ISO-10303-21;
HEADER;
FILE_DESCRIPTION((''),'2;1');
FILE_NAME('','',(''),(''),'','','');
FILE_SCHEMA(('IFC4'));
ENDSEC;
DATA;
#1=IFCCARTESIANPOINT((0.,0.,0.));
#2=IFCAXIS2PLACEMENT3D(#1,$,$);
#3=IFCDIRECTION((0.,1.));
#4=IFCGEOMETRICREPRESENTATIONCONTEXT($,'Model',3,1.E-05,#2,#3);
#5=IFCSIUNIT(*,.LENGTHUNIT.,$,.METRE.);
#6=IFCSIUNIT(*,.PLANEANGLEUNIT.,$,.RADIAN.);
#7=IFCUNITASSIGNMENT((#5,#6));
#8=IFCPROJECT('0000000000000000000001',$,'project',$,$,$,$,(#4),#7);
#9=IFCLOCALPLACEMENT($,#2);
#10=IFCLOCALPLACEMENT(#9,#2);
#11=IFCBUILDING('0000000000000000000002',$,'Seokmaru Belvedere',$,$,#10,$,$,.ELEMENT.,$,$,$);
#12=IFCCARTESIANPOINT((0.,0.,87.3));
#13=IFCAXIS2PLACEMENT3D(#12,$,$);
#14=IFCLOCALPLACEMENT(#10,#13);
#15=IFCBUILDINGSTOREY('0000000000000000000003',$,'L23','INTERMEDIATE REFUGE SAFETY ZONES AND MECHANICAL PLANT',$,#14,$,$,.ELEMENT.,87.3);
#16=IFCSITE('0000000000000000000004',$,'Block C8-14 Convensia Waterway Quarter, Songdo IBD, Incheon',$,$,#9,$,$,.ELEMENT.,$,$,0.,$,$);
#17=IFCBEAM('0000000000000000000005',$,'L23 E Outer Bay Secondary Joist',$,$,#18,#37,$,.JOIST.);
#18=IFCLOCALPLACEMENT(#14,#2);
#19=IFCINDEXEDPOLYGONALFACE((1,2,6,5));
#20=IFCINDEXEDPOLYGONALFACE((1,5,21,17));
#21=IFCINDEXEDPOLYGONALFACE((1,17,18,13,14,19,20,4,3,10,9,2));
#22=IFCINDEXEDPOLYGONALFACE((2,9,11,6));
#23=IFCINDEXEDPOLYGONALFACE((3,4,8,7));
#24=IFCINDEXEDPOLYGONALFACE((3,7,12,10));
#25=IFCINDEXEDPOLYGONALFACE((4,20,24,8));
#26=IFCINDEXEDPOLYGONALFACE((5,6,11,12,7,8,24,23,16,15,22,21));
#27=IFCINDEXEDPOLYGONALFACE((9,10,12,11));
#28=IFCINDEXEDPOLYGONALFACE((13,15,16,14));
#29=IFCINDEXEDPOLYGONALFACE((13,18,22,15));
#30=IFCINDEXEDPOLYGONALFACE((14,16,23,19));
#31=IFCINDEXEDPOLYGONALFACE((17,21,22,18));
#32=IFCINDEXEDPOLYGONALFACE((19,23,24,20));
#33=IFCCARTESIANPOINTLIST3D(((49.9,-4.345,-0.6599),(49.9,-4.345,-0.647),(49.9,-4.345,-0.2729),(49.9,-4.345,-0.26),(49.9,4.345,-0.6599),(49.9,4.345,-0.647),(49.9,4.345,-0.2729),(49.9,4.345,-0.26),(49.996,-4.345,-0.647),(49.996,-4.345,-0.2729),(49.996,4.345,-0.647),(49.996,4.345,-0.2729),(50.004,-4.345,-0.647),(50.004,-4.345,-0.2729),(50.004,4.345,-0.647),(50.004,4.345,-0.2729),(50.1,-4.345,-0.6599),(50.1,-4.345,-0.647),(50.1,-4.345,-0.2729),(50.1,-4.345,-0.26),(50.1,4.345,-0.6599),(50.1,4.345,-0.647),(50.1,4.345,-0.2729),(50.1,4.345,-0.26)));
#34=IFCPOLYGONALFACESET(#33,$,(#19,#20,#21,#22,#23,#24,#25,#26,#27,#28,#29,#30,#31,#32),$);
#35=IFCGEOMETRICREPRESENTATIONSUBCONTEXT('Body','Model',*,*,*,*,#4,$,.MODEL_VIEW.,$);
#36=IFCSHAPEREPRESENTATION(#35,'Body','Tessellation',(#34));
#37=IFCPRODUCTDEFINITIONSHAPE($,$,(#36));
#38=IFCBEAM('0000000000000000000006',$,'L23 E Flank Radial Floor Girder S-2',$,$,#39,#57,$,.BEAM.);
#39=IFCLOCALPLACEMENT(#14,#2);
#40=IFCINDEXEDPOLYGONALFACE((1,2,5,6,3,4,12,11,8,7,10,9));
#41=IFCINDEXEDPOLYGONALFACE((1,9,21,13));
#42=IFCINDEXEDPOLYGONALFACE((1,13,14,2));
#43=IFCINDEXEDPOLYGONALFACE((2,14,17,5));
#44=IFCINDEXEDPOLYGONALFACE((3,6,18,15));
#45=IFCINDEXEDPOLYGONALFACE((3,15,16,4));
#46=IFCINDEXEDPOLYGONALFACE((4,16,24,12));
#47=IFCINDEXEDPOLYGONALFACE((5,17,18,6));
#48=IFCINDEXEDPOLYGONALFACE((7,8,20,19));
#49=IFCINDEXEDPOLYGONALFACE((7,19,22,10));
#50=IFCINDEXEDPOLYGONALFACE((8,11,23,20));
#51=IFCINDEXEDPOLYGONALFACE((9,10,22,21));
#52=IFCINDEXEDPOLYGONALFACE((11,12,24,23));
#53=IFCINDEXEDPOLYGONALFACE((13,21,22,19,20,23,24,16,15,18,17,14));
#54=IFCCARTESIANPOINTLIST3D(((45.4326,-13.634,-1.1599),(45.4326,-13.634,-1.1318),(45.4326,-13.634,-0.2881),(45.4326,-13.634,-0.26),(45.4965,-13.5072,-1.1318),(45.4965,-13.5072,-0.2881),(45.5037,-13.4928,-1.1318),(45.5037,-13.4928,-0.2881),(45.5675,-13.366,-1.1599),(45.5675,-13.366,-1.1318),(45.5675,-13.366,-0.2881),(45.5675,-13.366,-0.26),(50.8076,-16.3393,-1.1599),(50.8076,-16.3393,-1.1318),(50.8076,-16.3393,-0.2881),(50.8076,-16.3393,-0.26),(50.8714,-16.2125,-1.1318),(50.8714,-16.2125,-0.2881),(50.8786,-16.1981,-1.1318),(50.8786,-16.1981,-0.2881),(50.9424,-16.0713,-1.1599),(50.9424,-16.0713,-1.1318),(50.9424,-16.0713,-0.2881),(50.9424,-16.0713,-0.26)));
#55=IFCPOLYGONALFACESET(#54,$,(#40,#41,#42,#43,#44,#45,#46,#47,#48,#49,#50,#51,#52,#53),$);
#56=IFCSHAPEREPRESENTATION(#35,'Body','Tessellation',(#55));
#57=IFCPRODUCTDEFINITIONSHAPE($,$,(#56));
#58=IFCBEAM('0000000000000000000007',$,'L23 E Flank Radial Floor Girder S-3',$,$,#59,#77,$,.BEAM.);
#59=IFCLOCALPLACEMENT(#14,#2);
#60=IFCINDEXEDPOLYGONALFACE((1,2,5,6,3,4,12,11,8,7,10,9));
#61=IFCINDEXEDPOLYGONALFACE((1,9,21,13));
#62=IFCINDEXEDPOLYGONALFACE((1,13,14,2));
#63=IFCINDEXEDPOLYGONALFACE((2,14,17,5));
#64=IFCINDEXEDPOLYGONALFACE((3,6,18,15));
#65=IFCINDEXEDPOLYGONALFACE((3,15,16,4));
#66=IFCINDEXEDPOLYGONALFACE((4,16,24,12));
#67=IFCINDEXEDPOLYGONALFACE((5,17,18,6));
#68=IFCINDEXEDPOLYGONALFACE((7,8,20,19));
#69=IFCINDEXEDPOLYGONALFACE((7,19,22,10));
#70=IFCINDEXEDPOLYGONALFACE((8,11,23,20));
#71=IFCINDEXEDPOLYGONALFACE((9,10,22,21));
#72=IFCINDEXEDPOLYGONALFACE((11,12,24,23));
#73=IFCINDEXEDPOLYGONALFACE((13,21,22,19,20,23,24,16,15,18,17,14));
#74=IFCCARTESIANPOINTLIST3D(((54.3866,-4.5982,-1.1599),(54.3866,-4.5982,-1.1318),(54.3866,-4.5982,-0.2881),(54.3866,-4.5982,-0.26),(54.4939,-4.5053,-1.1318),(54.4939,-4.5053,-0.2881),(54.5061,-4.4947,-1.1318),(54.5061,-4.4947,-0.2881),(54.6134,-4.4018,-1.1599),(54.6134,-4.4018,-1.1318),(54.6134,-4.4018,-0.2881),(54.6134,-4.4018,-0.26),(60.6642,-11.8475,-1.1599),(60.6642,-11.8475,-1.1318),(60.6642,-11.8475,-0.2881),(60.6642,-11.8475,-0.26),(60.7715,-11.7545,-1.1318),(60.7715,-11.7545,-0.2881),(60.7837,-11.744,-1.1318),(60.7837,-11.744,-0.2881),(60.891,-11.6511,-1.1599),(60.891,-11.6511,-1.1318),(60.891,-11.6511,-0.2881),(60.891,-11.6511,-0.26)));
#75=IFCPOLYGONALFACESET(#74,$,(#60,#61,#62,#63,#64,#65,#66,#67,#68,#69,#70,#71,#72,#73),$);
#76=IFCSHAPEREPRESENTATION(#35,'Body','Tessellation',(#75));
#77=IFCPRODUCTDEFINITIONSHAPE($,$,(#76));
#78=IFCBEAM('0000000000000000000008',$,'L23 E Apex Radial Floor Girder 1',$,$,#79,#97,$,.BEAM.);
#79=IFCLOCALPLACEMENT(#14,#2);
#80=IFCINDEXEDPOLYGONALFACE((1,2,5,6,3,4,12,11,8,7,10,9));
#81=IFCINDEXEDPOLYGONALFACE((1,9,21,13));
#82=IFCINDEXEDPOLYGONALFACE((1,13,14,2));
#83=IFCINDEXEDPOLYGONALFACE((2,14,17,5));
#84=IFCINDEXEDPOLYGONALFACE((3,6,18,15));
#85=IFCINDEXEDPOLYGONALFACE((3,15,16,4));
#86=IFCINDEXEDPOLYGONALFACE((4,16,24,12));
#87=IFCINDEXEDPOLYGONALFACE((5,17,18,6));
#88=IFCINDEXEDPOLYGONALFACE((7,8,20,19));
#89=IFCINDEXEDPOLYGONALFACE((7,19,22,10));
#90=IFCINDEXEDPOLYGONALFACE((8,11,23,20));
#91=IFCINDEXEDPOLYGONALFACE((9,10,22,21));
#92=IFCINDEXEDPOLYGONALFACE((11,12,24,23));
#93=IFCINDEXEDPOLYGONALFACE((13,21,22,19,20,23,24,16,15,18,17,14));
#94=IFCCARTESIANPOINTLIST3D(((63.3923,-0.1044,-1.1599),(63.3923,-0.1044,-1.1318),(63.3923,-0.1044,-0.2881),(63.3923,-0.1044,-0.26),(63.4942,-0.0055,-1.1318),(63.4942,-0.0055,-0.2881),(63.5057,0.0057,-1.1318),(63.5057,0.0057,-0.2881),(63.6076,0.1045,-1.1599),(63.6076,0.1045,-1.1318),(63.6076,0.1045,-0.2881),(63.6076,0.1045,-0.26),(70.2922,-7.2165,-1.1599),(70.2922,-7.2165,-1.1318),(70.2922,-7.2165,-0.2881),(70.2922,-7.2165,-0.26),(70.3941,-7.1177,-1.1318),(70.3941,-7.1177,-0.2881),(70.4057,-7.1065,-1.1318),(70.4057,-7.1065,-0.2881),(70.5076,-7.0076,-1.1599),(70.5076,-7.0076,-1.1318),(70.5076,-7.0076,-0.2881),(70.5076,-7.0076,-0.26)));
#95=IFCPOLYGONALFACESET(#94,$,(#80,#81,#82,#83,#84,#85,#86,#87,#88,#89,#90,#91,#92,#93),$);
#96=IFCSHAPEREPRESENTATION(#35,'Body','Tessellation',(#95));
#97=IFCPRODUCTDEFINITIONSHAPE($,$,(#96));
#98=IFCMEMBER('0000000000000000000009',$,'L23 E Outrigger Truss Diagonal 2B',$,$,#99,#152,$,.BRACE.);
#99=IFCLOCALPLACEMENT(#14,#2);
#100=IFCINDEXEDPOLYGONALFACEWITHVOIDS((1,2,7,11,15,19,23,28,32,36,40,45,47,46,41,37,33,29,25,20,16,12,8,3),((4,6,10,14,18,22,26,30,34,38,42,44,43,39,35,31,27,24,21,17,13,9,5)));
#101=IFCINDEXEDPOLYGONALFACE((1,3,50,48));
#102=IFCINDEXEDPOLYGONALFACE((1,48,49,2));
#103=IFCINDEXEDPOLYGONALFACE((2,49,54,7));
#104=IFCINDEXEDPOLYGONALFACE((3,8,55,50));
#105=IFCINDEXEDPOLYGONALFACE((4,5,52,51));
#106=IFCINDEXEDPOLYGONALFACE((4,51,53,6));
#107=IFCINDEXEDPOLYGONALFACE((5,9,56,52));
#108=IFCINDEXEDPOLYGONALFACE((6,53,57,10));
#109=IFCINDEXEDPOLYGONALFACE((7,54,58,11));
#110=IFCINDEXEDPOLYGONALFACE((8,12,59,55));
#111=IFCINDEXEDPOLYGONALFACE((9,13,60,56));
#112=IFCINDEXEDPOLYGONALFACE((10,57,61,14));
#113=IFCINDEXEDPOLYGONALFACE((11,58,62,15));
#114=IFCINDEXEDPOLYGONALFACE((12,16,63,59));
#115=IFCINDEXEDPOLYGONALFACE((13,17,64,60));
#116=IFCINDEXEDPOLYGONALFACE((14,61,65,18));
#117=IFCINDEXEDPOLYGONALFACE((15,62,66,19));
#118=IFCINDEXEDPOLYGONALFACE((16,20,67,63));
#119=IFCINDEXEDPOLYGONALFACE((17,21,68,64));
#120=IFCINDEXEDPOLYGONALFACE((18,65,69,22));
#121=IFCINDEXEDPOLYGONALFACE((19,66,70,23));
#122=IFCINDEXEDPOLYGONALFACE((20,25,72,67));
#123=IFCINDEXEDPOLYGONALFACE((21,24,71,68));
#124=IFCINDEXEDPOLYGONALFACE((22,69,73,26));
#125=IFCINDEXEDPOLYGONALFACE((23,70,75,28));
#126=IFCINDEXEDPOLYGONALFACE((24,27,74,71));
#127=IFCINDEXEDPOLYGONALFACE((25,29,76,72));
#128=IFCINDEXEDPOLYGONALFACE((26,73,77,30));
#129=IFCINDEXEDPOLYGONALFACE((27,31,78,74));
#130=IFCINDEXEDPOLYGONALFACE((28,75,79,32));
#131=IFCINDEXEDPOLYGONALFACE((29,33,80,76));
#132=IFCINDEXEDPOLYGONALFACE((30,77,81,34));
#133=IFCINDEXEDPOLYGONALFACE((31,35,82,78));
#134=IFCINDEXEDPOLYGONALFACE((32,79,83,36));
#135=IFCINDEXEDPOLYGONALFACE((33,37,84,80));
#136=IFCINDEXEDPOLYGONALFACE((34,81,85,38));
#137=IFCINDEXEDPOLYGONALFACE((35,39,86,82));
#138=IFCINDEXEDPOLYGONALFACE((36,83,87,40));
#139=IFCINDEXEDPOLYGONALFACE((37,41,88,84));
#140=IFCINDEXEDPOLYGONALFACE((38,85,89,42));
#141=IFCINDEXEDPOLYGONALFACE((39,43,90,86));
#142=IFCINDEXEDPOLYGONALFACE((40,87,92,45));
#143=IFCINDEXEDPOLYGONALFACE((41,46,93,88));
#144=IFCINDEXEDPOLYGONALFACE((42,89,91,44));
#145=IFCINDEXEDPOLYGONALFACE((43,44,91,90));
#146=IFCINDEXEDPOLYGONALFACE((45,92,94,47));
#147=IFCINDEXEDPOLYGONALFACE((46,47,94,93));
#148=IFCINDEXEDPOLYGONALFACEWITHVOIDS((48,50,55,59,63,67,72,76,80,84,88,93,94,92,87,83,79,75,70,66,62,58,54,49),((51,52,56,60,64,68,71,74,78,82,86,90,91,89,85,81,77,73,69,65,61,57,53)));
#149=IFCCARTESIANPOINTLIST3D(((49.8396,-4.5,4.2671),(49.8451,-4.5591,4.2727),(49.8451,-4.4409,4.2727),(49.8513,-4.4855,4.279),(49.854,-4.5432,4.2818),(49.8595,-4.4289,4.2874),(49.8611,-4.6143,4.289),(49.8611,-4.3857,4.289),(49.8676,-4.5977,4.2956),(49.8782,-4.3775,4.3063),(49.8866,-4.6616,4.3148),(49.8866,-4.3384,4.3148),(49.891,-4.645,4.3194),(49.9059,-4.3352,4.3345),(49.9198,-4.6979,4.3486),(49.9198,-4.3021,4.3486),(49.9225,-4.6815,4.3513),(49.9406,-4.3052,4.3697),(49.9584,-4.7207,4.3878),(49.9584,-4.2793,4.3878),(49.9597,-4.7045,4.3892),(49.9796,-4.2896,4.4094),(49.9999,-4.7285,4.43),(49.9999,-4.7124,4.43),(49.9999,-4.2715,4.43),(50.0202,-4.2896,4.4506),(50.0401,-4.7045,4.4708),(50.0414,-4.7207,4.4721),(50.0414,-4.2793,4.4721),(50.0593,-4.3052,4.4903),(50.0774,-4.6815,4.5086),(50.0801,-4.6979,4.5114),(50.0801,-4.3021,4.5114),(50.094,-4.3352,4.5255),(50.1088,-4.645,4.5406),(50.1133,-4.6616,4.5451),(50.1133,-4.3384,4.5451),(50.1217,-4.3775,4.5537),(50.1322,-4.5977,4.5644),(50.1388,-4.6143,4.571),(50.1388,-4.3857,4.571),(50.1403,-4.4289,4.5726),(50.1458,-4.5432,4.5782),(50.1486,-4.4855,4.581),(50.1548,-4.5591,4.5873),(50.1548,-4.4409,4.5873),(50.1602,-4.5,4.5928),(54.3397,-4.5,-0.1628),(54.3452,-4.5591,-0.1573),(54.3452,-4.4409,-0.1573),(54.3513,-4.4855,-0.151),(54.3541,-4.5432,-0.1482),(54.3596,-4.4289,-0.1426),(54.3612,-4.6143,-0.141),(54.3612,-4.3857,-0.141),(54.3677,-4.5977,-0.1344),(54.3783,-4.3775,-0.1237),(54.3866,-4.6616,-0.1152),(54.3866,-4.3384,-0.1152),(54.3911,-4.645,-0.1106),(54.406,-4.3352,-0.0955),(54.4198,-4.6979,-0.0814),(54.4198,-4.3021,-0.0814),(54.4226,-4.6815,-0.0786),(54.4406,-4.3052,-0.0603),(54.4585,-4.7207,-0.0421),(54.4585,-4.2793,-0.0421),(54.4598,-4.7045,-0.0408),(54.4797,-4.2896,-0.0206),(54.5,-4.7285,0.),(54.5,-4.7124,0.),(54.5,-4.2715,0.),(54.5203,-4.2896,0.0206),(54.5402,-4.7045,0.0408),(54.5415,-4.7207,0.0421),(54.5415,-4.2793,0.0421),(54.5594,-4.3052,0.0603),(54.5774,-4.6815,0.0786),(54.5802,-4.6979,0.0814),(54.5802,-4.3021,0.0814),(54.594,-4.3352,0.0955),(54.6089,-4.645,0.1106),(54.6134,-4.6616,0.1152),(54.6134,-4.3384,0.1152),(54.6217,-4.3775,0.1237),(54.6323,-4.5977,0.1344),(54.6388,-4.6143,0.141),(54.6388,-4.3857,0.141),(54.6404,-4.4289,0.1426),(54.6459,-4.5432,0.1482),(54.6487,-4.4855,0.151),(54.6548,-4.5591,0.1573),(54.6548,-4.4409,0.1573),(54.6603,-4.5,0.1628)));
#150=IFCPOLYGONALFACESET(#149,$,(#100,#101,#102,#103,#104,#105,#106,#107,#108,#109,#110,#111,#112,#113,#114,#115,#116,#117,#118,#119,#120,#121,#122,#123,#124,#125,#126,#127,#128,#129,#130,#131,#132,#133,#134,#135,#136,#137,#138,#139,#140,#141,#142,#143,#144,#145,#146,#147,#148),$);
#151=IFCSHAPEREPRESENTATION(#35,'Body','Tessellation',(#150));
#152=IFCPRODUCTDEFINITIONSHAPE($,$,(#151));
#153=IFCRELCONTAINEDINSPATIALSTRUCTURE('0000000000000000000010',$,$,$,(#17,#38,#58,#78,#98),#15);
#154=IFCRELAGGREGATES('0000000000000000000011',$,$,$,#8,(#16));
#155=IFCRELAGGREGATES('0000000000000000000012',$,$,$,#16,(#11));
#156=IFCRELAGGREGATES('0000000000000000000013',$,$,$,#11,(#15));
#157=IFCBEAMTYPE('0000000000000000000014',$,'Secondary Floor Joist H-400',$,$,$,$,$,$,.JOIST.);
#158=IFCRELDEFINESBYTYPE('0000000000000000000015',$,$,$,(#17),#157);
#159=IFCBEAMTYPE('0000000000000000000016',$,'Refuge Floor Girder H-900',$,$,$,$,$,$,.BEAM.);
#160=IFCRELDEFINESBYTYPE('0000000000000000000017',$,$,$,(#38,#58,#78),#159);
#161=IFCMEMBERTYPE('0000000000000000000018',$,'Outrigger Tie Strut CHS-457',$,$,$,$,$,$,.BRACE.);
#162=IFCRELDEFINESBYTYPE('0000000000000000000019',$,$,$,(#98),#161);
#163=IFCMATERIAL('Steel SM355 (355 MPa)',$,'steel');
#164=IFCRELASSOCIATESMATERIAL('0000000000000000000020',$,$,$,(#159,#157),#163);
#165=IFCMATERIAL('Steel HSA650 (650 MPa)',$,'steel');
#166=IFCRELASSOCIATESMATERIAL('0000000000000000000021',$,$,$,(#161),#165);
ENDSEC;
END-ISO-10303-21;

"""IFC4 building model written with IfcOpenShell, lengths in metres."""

from ifc_helpers import new_model, si_unit, direction, frame, origin, origin_2d, place, context, subcontext, project, spatial, hollow_circle, i_section, extrude, source, transform, mapped, material, material_profile, profile_set, type_object, type_shapes, element, save


model = new_model("IFC4")

# Units and contexts
model_context = context("Model", 3, precision=1e-05, world=origin(), true_north=direction((0.0, 1.0)))
body_context = subcontext(model_context, "Body", "Model", "MODEL_VIEW")
ifc_project = project(units=[si_unit("LENGTHUNIT", "METRE"), si_unit("PLANEANGLEUNIT", "RADIAN")], contexts=[model_context])

# Site, building, storey
site_placement = place(None, origin())
site = spatial("IfcSite", under=ifc_project, at=site_placement, Name="Block C8-14 Convensia Waterway Quarter, Songdo IBD, Incheon", CompositionType="ELEMENT", RefElevation=0.0)
building_placement = place(site_placement, origin())
building = spatial("IfcBuilding", under=site, at=building_placement, Name="Seokmaru Belvedere", CompositionType="ELEMENT")
storey_placement = place(building_placement, frame((0.0, 0.0, 87.3)))
storey = spatial("IfcBuildingStorey", under=building, at=storey_placement, Name="L23", Description="INTERMEDIATE REFUGE SAFETY ZONES AND MECHANICAL PLANT", CompositionType="ELEMENT", Elevation=87.3)

# Shared definitions
ifc_material_1 = material(Name="Steel SM355 (355 MPa)", Category="steel")

# Beams
ifc_material_profile_1 = material_profile(ifc_material_1, i_section(OverallWidth=0.3, OverallDepth=0.8999, WebThickness=0.0161, FlangeThickness=0.0281, at=origin_2d()), Name="H-900x300x16x28")
ifc_profile_set_1 = profile_set([ifc_material_profile_1], Name="Steel SM355 (355 MPa)")
beam_type_1 = type_object("IfcBeamType", Name="Refuge Floor Girder H-900", PredefinedType="BEAM", material=ifc_profile_set_1)
ifc_material_profile_2 = material_profile(ifc_material_1, i_section(OverallWidth=0.2, OverallDepth=0.3999, WebThickness=0.0081, FlangeThickness=0.0129, at=origin_2d()), Name="H-400x200x8x13")
ifc_profile_set_2 = profile_set([ifc_material_profile_2], Name="Steel SM355 (355 MPa)")
beam_type_2 = type_object("IfcBeamType", Name="Secondary Floor Joist H-400", PredefinedType="JOIST", material=ifc_profile_set_2)
shared_shape_1 = source(origin(), body_context, "Body", "SweptSolid", [
    extrude(i_section(OverallWidth=0.2, OverallDepth=0.3999, WebThickness=0.0081, FlangeThickness=0.0129, at=origin_2d()), origin(), (0.0, 0.0, 1.0), 8.6899),
])
type_shapes(beam_type_2, [shared_shape_1])
beam_1_placement = place(storey_placement, frame((50.0, -4.345, -0.46), z_axis=(0.0, 1.0, 0.0), x_axis=(-1.0, 0.0, 0.0)))
element("IfcBeam", 1, at=beam_1_placement, inside=storey, type_object=beam_type_2, Name="L23 E Outer Bay Secondary Joist", PredefinedType="JOIST", context=body_context, shape_type="MappedRepresentation", body=[
    mapped(shared_shape_1, transform((0.0, 0.0, 0.0), scale=1.0)),
])
shared_shape_2 = source(origin(), body_context, "Body", "SweptSolid", [
    extrude(i_section(OverallWidth=0.3, OverallDepth=0.8999, WebThickness=0.0161, FlangeThickness=0.0281, at=origin_2d()), origin(), (0.0, 0.0, 1.0), 6.0173),
])
beam_2_placement = place(storey_placement, frame((50.875, -16.2053, -0.71), z_axis=(-0.893239, 0.449581, 0.0), x_axis=(-0.449581, -0.893239, 0.0)))
element("IfcBeam", 2, at=beam_2_placement, inside=storey, type_object=beam_type_1, Name="L23 E Flank Radial Floor Girder S-2", PredefinedType="BEAM", context=body_context, shape_type="MappedRepresentation", body=[
    mapped(shared_shape_2, transform((0.0, 0.0, 0.0), scale=1.0)),
])
shared_shape_3 = source(origin(), body_context, "Body", "SweptSolid", [
    extrude(i_section(OverallWidth=0.3, OverallDepth=0.8999, WebThickness=0.0161, FlangeThickness=0.0281, at=origin_2d()), origin(), (0.0, 0.0, 1.0), 9.5896),
])
beam_3_placement = place(storey_placement, frame((60.7776, -11.7493, -0.71), z_axis=(-0.654626, 0.755953, 0.0), x_axis=(-0.755953, -0.654626, 0.0)))
element("IfcBeam", 3, at=beam_3_placement, inside=storey, type_object=beam_type_1, Name="L23 E Flank Radial Floor Girder S-3", PredefinedType="BEAM", context=body_context, shape_type="MappedRepresentation", body=[
    mapped(shared_shape_3, transform((0.0, 0.0, 0.0), scale=1.0)),
])
shared_shape_4 = source(origin(), body_context, "Body", "SweptSolid", [
    extrude(i_section(OverallWidth=0.3, OverallDepth=0.8999, WebThickness=0.0161, FlangeThickness=0.0281, at=origin_2d()), origin(), (0.0, 0.0, 1.0), 9.9092),
])
beam_4_placement = place(storey_placement, frame((70.3999, -7.1121, -0.71), z_axis=(-0.696321, 0.717731, 0.0), x_axis=(-0.717731, -0.696321, 0.0)))
element("IfcBeam", 4, at=beam_4_placement, inside=storey, type_object=beam_type_1, Name="L23 E Apex Radial Floor Girder 1", PredefinedType="BEAM", context=body_context, shape_type="MappedRepresentation", body=[
    mapped(shared_shape_4, transform((0.0, 0.0, 0.0), scale=1.0)),
])

# Member
ifc_material_2 = material(Name="Steel HSA650 (650 MPa)", Category="steel")
ifc_material_profile_3 = material_profile(ifc_material_2, hollow_circle(Radius=0.2285, WallThickness=0.0161, at=origin_2d()), Name="CHS-457.2x16.0")
ifc_profile_set_3 = profile_set([ifc_material_profile_3], Name="Steel HSA650 (650 MPa)")
member_type_1 = type_object("IfcMemberType", Name="Outrigger Tie Strut CHS-457", PredefinedType="BRACE", material=ifc_profile_set_3)
shared_shape_5 = source(origin(), body_context, "Body", "SweptSolid", [
    extrude(hollow_circle(Radius=0.2285, WallThickness=0.0161, at=origin_2d()), origin(), (0.0, 0.0, 1.0), 6.3147),
])
type_shapes(member_type_1, [shared_shape_5])
member_1_placement = place(storey_placement, frame((54.5, -4.5, 0.0), z_axis=(-0.712633, 0.0, 0.701537), x_axis=(0.0, -1.0, 0.0)))
element("IfcMember", 5, at=member_1_placement, inside=storey, type_object=member_type_1, Name="L23 E Outrigger Truss Diagonal 2B", PredefinedType="BRACE", context=body_context, shape_type="MappedRepresentation", body=[
    mapped(shared_shape_5, transform((0.0, 0.0, 0.0), scale=1.0)),
])

save(model, "model.ifc")
